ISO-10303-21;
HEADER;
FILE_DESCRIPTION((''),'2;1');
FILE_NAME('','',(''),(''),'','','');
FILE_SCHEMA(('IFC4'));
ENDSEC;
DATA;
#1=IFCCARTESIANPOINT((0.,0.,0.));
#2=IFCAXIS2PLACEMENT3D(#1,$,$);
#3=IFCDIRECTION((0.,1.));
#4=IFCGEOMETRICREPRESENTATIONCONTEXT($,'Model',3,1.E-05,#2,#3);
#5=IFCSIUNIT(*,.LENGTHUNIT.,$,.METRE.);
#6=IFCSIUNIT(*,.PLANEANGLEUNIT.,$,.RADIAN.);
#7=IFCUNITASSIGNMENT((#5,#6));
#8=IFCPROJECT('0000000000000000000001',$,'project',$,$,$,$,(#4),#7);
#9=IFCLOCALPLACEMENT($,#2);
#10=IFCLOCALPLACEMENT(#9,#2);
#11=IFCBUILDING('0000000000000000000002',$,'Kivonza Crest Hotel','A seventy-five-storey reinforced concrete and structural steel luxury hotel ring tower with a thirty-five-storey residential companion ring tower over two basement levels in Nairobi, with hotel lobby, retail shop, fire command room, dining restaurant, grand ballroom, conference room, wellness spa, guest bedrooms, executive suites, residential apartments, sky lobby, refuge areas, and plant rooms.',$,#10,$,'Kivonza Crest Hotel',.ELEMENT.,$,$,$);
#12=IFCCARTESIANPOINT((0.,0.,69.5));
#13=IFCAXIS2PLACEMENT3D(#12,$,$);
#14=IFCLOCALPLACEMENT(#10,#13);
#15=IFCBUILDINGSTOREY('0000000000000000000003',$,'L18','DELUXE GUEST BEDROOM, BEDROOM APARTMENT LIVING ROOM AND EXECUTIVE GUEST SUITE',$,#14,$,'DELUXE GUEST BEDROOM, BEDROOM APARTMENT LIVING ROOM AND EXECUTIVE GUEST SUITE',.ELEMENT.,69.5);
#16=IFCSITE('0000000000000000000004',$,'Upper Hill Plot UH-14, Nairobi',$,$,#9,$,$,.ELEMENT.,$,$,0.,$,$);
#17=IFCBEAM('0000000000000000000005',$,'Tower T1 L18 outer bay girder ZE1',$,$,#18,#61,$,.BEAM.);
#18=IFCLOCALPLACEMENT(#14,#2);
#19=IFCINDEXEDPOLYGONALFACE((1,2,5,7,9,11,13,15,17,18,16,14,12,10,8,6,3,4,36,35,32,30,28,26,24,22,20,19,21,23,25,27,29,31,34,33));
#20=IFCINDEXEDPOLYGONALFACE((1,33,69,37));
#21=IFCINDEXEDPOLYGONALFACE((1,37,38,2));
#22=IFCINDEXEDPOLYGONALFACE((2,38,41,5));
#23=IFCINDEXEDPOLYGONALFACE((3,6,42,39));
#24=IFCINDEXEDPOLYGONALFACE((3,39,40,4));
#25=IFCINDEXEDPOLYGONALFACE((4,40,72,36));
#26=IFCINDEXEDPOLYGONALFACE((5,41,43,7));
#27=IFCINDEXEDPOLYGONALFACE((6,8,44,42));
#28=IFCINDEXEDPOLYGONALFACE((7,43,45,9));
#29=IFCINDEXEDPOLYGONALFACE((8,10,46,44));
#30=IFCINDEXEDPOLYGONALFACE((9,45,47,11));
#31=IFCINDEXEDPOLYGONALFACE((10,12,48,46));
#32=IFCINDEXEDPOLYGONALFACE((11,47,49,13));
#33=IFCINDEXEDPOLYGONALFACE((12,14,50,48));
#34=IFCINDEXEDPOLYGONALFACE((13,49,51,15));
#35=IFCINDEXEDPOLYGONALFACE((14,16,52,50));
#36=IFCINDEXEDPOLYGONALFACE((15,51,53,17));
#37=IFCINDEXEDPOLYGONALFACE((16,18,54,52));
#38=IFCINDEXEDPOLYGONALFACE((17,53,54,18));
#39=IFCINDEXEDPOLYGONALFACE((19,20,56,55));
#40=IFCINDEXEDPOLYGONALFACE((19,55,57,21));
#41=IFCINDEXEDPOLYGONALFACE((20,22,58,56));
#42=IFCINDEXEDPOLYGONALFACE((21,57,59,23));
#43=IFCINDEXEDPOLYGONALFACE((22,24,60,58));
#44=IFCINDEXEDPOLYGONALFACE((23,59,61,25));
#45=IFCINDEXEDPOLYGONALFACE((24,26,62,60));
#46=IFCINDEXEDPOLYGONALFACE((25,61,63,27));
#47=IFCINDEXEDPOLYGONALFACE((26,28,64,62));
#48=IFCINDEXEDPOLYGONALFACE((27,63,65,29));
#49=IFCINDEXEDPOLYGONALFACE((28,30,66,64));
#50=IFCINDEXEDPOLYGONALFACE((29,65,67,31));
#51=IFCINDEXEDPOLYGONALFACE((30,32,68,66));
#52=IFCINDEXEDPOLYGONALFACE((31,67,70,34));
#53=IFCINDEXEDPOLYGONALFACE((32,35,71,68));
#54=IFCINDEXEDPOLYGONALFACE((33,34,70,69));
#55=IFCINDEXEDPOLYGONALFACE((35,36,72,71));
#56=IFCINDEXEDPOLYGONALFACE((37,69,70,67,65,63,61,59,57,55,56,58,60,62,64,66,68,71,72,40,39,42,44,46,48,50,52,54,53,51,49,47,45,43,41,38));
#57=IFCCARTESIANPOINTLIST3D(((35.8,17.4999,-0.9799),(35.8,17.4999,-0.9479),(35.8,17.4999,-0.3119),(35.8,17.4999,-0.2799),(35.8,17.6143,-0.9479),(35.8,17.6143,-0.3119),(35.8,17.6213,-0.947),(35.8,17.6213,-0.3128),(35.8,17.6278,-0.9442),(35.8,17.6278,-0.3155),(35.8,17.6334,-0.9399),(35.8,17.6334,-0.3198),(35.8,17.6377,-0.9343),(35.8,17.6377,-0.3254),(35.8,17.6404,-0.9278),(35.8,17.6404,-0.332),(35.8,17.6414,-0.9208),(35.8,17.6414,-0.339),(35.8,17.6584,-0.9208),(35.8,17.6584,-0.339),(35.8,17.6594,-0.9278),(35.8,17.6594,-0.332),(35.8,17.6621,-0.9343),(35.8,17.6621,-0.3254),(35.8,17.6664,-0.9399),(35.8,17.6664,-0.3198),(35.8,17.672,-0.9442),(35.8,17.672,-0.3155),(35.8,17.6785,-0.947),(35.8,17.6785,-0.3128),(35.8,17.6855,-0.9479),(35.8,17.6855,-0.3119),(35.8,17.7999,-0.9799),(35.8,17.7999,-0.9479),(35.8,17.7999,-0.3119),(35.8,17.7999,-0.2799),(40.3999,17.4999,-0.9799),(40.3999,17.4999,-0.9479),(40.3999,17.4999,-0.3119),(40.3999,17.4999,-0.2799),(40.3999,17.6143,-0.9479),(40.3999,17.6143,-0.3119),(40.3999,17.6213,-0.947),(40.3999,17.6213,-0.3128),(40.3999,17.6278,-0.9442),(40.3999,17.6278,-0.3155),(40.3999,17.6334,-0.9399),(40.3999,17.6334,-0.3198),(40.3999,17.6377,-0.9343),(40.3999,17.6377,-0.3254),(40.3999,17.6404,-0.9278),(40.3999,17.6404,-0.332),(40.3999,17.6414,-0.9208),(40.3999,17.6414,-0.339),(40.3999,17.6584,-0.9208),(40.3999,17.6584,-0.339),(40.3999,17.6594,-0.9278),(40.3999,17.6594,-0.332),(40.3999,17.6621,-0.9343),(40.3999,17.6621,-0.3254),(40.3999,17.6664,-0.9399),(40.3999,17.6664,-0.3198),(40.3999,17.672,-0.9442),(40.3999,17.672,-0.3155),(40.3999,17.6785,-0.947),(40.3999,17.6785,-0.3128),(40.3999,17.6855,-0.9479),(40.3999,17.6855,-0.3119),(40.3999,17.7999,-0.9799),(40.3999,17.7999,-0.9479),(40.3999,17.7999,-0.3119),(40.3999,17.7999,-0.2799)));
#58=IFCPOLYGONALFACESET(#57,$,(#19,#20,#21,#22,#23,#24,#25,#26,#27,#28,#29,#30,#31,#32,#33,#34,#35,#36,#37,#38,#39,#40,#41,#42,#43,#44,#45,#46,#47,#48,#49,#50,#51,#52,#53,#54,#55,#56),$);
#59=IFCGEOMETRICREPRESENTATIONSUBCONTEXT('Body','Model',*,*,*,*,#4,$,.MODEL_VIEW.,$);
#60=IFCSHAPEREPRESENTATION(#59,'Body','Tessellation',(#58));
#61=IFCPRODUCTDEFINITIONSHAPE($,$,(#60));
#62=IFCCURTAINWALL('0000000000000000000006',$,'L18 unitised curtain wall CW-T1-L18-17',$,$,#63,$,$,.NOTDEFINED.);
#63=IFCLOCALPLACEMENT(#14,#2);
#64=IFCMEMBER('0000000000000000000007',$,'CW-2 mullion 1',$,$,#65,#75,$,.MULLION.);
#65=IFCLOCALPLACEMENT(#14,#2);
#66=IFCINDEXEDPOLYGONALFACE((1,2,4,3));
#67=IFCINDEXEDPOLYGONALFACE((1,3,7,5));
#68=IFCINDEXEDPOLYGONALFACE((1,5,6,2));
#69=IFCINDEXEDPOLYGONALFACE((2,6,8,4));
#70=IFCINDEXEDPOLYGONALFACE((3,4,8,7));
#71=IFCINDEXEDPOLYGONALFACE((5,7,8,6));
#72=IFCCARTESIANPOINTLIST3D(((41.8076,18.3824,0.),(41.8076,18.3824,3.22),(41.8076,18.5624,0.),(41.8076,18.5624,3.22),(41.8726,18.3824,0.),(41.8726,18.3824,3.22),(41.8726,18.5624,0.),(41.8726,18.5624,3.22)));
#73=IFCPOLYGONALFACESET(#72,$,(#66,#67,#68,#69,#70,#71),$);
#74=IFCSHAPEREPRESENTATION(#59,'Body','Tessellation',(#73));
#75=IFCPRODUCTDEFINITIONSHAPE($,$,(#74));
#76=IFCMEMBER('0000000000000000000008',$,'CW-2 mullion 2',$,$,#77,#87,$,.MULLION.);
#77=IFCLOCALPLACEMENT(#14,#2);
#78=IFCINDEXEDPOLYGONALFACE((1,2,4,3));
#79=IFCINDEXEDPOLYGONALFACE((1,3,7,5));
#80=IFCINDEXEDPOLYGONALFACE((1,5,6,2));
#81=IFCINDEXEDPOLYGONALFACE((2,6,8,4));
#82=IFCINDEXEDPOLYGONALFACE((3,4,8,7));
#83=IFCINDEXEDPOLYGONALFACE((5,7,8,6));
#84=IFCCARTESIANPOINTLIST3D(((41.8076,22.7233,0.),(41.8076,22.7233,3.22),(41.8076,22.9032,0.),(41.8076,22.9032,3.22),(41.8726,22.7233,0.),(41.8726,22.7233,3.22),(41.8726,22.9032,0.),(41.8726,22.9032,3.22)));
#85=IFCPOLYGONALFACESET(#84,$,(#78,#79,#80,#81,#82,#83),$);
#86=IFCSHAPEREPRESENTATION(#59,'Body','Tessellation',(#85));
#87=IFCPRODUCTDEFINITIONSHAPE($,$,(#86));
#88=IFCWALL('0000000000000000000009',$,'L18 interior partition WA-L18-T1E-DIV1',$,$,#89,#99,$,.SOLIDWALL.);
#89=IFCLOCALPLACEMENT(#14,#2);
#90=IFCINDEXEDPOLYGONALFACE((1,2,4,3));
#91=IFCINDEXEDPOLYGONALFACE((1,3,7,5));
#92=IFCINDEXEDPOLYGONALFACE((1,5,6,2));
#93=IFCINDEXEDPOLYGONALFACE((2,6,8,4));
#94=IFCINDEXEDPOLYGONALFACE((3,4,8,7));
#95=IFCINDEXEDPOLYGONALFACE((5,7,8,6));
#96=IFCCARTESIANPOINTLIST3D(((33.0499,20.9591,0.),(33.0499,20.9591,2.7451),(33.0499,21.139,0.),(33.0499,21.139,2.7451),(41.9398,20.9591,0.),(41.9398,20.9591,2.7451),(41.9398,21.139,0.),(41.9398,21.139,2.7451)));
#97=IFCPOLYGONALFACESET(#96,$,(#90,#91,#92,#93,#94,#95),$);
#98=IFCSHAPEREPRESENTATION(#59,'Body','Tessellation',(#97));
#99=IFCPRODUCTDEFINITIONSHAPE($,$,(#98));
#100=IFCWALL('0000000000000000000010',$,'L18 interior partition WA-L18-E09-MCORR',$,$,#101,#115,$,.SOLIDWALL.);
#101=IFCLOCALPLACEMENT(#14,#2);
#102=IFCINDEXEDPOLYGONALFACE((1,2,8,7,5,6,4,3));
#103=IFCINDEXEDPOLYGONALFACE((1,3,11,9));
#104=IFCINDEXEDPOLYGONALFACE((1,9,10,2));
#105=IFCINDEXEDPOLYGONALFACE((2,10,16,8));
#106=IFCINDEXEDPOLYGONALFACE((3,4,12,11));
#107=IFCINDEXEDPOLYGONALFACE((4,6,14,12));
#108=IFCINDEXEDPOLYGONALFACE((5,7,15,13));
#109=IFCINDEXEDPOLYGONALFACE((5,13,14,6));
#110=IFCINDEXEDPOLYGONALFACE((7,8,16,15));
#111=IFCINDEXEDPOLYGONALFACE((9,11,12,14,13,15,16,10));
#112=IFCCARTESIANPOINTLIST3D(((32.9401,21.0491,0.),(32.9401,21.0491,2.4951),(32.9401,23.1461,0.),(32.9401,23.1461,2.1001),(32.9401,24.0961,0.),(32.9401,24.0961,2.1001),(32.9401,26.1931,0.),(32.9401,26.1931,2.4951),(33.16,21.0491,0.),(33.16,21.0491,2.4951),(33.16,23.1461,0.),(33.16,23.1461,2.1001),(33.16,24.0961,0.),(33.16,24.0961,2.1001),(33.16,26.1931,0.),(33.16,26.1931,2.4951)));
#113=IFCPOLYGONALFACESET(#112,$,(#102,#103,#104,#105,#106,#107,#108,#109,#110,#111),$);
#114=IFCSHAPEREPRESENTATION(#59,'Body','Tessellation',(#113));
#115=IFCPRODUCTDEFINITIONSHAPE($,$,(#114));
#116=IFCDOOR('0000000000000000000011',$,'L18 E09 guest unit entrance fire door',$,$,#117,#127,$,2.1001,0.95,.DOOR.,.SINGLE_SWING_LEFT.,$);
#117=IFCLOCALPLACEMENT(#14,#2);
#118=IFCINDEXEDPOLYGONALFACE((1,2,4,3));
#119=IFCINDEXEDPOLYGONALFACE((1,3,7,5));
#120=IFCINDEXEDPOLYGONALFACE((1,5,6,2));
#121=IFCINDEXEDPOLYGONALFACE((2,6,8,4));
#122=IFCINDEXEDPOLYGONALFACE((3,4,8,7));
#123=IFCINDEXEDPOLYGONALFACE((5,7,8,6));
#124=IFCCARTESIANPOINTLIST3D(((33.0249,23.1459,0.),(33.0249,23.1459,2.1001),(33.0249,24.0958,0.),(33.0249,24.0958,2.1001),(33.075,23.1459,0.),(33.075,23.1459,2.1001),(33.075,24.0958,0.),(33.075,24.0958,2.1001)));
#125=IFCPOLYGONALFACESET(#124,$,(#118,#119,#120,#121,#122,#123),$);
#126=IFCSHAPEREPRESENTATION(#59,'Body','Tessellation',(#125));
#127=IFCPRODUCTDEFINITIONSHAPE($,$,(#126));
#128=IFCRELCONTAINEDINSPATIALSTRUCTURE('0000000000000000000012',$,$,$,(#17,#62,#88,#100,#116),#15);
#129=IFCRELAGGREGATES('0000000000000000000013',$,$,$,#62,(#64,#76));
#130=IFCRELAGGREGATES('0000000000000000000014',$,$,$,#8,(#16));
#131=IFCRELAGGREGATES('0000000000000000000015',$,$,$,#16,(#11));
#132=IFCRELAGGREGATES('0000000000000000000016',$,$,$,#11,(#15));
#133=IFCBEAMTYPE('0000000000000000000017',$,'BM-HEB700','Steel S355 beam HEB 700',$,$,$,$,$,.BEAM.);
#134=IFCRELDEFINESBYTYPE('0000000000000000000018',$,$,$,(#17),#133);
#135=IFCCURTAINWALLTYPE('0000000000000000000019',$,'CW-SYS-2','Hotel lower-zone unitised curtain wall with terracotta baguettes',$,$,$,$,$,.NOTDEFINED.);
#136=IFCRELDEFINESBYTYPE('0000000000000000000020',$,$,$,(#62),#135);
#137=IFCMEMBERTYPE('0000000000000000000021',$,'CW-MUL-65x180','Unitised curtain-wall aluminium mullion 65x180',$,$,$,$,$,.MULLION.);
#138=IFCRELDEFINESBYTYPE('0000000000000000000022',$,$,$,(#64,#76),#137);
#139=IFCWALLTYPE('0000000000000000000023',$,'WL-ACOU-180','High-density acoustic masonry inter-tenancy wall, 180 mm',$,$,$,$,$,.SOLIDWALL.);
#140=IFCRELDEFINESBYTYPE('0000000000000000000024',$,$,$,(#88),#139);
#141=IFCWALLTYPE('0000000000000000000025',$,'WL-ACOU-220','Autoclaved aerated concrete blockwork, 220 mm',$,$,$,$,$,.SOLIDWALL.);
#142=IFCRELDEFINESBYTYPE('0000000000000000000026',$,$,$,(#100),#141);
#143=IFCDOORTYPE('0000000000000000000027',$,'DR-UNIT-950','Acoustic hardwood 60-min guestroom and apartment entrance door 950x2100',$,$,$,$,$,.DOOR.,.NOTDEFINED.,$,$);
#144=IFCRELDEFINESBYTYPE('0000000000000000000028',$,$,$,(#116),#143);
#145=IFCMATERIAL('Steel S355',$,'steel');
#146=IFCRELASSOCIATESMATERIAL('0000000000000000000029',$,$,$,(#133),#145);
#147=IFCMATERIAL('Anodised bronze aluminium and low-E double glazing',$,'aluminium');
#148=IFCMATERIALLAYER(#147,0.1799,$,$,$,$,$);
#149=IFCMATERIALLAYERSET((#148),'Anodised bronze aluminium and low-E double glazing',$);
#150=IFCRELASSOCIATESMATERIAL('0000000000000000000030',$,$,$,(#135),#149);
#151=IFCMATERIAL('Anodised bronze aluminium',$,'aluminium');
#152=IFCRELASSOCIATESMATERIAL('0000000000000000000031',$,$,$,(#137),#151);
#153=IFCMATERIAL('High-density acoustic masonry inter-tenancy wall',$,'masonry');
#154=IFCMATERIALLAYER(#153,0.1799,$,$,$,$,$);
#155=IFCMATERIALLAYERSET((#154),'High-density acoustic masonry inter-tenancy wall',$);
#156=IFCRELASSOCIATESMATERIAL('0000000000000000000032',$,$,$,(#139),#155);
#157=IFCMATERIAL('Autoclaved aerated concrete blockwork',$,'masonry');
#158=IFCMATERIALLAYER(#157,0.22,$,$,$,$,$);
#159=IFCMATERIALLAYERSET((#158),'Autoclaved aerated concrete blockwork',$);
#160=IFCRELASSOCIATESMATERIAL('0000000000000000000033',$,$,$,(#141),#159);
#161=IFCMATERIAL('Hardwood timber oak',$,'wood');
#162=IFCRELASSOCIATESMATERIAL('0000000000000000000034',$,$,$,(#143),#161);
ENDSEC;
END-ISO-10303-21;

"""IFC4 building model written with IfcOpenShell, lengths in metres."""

from ifc_helpers import new_model, si_unit, direction, frame, frame_2d, origin, origin_2d, place, context, subcontext, project, spatial, rectangle, i_section, extrude, material, layer, layer_set, material_profile, profile_set, type_object, element, fill, aggregate, save


model = new_model("IFC4")

# Units and contexts
model_context = context("Model", 3, precision=1e-05, world=origin(), true_north=direction((0.0, 1.0)))
body_context = subcontext(model_context, "Body", "Model", "MODEL_VIEW")
ifc_project = project(units=[si_unit("LENGTHUNIT", "METRE"), si_unit("PLANEANGLEUNIT", "RADIAN")], contexts=[model_context])

# Site, building, storey
site_placement = place(None, origin())
site = spatial("IfcSite", under=ifc_project, at=site_placement, Name="Upper Hill Plot UH-14, Nairobi", CompositionType="ELEMENT", RefElevation=0.0)
building_placement = place(site_placement, origin())
building = spatial("IfcBuilding", under=site, at=building_placement, Name="Kivonza Crest Hotel", Description="A seventy-five-storey reinforced concrete and structural steel luxury hotel ring tower with a thirty-five-storey residential companion ring tower over two basement levels in Nairobi, with hotel lobby, retail shop, fire command room, dining restaurant, grand ballroom, conference room, wellness spa, guest bedrooms, executive suites, residential apartments, sky lobby, refuge areas, and plant rooms.", LongName="Kivonza Crest Hotel", CompositionType="ELEMENT")
storey_placement = place(building_placement, frame((0.0, 0.0, 69.5)))
storey = spatial("IfcBuildingStorey", under=building, at=storey_placement, Name="L18", Description="DELUXE GUEST BEDROOM, BEDROOM APARTMENT LIVING ROOM AND EXECUTIVE GUEST SUITE", LongName="DELUXE GUEST BEDROOM, BEDROOM APARTMENT LIVING ROOM AND EXECUTIVE GUEST SUITE", CompositionType="ELEMENT", Elevation=69.5)

# Beam
ifc_material_1 = material(Name="Steel S355", Category="steel")
ifc_material_profile_1 = material_profile(ifc_material_1, i_section(OverallWidth=0.3, OverallDepth=0.7, WebThickness=0.0171, FlangeThickness=0.032, FilletRadius=0.0271, at=origin_2d()), Name="HEB 700")
ifc_profile_set_1 = profile_set([ifc_material_profile_1], Name="Steel S355")
beam_type_1 = type_object("IfcBeamType", Name="BM-HEB700", Description="Steel S355 beam HEB 700", PredefinedType="BEAM", material=ifc_profile_set_1)
beam_1_placement = place(storey_placement, frame((40.3999, 17.6499, -0.6299), z_axis=(-1.0, 0.0, 0.0), x_axis=(0.0, -1.0, 0.0)))
element("IfcBeam", 1, at=beam_1_placement, inside=storey, type_object=beam_type_1, Name="Tower T1 L18 outer bay girder ZE1", PredefinedType="BEAM", context=body_context, shape_type="SweptSolid", body=[
    extrude(i_section(OverallWidth=0.3, OverallDepth=0.7, WebThickness=0.0171, FlangeThickness=0.032, FilletRadius=0.0271, at=origin_2d()), origin(), (0.0, 0.0, 1.0), 4.5999),
])

# Curtain wall, members
ifc_material_2 = material(Name="Anodised bronze aluminium and low-E double glazing", Category="aluminium")
ifc_layer_1 = layer(ifc_material_2, 0.1799)
ifc_layer_set_1 = layer_set([ifc_layer_1], Name="Anodised bronze aluminium and low-E double glazing")
curtain_wall_type = type_object("IfcCurtainWallType", Name="CW-SYS-2", Description="Hotel lower-zone unitised curtain wall with terracotta baguettes", PredefinedType="NOTDEFINED", material=ifc_layer_set_1)
curtain_wall_placement = place(storey_placement, origin())
curtain_wall = element("IfcCurtainWall", 2, at=curtain_wall_placement, inside=storey, type_object=curtain_wall_type, Name="L18 unitised curtain wall CW-T1-L18-17", PredefinedType="NOTDEFINED")
ifc_material_3 = material(Name="Anodised bronze aluminium", Category="aluminium")
ifc_material_profile_2 = material_profile(ifc_material_3, rectangle(XDim=0.0649, YDim=0.1799, at=origin_2d()), Name="CW-M 65x180")
ifc_profile_set_2 = profile_set([ifc_material_profile_2], Name="Anodised bronze aluminium")
member_type = type_object("IfcMemberType", Name="CW-MUL-65x180", Description="Unitised curtain-wall aluminium mullion 65x180", PredefinedType="MULLION", material=ifc_profile_set_2)
member_1_placement = place(storey_placement, frame((41.8401, 18.4724, 0.0), z_axis=(0.0, 0.0, 1.0), x_axis=(-1.0, 0.0, 0.0)))
member_1 = element("IfcMember", 3, at=member_1_placement, type_object=member_type, Name="CW-2 mullion 1", PredefinedType="MULLION", context=body_context, shape_type="SweptSolid", body=[
    extrude(rectangle(XDim=0.0649, YDim=0.1799, at=origin_2d()), origin(), (0.0, 0.0, 1.0), 3.22),
])
member_2_placement = place(storey_placement, frame((41.8401, 22.8132, 0.0), z_axis=(0.0, 0.0, 1.0), x_axis=(-1.0, 0.0, 0.0)))
member_2 = element("IfcMember", 4, at=member_2_placement, type_object=member_type, Name="CW-2 mullion 2", PredefinedType="MULLION", context=body_context, shape_type="SweptSolid", body=[
    extrude(rectangle(XDim=0.0649, YDim=0.1799, at=origin_2d()), origin(), (0.0, 0.0, 1.0), 3.22),
])
aggregate(curtain_wall, [member_1, member_2])

# Wall
ifc_material_4 = material(Name="High-density acoustic masonry inter-tenancy wall", Category="masonry")
ifc_layer_2 = layer(ifc_material_4, 0.1799)
ifc_layer_set_2 = layer_set([ifc_layer_2], Name="High-density acoustic masonry inter-tenancy wall")
wall_type_1 = type_object("IfcWallType", Name="WL-ACOU-180", Description="High-density acoustic masonry inter-tenancy wall, 180 mm", PredefinedType="SOLIDWALL", material=ifc_layer_set_2)
wall_1_placement = place(storey_placement, frame((33.05, 21.0491, 0.0), z_axis=(0.0, 0.0, 1.0), x_axis=(1.0, 0.0, 0.0)))
element("IfcWall", 5, at=wall_1_placement, inside=storey, type_object=wall_type_1, Name="L18 interior partition WA-L18-T1E-DIV1", PredefinedType="SOLIDWALL", context=body_context, shape_type="SweptSolid", body=[
    extrude(rectangle(XDim=8.8899, YDim=0.1799, at=frame_2d((4.4448, 0.0))), origin(), (0.0, 0.0, 1.0), 2.7451),
])

# Wall, opening, door
ifc_material_5 = material(Name="Autoclaved aerated concrete blockwork", Category="masonry")
ifc_layer_3 = layer(ifc_material_5, 0.22)
ifc_layer_set_3 = layer_set([ifc_layer_3], Name="Autoclaved aerated concrete blockwork")
wall_type_2 = type_object("IfcWallType", Name="WL-ACOU-220", Description="Autoclaved aerated concrete blockwork, 220 mm", PredefinedType="SOLIDWALL", material=ifc_layer_set_3)
wall_2_placement = place(storey_placement, frame((33.05, 21.0491, 0.0), z_axis=(0.0, 0.0, 1.0), x_axis=(0.0, 1.0, 0.0)))
wall_2 = element("IfcWall", 6, at=wall_2_placement, inside=storey, type_object=wall_type_2, Name="L18 interior partition WA-L18-E09-MCORR", PredefinedType="SOLIDWALL", context=body_context, shape_type="SweptSolid", body=[
    extrude(rectangle(XDim=5.144, YDim=0.22, at=frame_2d((2.572, 0.0))), origin(), (0.0, 0.0, 1.0), 2.4951),
])
opening_placement = place(wall_2_placement, frame((2.0969, 0.0, 0.0)))
opening = element("IfcOpeningElement", 7, at=opening_placement, cuts=wall_2, PredefinedType="OPENING", context=body_context, shape_type="SweptSolid", body=[
    extrude(rectangle(XDim=0.95, YDim=2.1001, at=frame_2d((0.4751, 1.05))), frame((0.0, 0.1201, 0.0), z_axis=(0.0, -1.0, 0.0), x_axis=(1.0, 0.0, 0.0)), (0.0, 0.0, 1.0), 0.24),
])
ifc_material_6 = material(Name="Hardwood timber oak", Category="wood")
door_type = type_object("IfcDoorType", Name="DR-UNIT-950", Description="Acoustic hardwood 60-min guestroom and apartment entrance door 950x2100", OperationType="NOTDEFINED", PredefinedType="DOOR", material=ifc_material_6)
door_placement = place(opening_placement, frame((0.95, 0.0, 0.0), z_axis=(0.0, 0.0, 1.0), x_axis=(-1.0, 0.0, 0.0)))
door = element("IfcDoor", 8, at=door_placement, inside=storey, type_object=door_type, Name="L18 E09 guest unit entrance fire door", OperationType="SINGLE_SWING_LEFT", OverallHeight=2.1001, OverallWidth=0.95, PredefinedType="DOOR", context=body_context, shape_type="SweptSolid", body=[
    extrude(rectangle(XDim=0.95, YDim=2.1001, at=frame_2d((0.4751, 1.05))), frame((0.0, 0.0249, 0.0), z_axis=(0.0, -1.0, 0.0), x_axis=(1.0, 0.0, 0.0)), (0.0, 0.0, 1.0), 0.05),
])
fill(opening, door)

save(model, "model.ifc")
